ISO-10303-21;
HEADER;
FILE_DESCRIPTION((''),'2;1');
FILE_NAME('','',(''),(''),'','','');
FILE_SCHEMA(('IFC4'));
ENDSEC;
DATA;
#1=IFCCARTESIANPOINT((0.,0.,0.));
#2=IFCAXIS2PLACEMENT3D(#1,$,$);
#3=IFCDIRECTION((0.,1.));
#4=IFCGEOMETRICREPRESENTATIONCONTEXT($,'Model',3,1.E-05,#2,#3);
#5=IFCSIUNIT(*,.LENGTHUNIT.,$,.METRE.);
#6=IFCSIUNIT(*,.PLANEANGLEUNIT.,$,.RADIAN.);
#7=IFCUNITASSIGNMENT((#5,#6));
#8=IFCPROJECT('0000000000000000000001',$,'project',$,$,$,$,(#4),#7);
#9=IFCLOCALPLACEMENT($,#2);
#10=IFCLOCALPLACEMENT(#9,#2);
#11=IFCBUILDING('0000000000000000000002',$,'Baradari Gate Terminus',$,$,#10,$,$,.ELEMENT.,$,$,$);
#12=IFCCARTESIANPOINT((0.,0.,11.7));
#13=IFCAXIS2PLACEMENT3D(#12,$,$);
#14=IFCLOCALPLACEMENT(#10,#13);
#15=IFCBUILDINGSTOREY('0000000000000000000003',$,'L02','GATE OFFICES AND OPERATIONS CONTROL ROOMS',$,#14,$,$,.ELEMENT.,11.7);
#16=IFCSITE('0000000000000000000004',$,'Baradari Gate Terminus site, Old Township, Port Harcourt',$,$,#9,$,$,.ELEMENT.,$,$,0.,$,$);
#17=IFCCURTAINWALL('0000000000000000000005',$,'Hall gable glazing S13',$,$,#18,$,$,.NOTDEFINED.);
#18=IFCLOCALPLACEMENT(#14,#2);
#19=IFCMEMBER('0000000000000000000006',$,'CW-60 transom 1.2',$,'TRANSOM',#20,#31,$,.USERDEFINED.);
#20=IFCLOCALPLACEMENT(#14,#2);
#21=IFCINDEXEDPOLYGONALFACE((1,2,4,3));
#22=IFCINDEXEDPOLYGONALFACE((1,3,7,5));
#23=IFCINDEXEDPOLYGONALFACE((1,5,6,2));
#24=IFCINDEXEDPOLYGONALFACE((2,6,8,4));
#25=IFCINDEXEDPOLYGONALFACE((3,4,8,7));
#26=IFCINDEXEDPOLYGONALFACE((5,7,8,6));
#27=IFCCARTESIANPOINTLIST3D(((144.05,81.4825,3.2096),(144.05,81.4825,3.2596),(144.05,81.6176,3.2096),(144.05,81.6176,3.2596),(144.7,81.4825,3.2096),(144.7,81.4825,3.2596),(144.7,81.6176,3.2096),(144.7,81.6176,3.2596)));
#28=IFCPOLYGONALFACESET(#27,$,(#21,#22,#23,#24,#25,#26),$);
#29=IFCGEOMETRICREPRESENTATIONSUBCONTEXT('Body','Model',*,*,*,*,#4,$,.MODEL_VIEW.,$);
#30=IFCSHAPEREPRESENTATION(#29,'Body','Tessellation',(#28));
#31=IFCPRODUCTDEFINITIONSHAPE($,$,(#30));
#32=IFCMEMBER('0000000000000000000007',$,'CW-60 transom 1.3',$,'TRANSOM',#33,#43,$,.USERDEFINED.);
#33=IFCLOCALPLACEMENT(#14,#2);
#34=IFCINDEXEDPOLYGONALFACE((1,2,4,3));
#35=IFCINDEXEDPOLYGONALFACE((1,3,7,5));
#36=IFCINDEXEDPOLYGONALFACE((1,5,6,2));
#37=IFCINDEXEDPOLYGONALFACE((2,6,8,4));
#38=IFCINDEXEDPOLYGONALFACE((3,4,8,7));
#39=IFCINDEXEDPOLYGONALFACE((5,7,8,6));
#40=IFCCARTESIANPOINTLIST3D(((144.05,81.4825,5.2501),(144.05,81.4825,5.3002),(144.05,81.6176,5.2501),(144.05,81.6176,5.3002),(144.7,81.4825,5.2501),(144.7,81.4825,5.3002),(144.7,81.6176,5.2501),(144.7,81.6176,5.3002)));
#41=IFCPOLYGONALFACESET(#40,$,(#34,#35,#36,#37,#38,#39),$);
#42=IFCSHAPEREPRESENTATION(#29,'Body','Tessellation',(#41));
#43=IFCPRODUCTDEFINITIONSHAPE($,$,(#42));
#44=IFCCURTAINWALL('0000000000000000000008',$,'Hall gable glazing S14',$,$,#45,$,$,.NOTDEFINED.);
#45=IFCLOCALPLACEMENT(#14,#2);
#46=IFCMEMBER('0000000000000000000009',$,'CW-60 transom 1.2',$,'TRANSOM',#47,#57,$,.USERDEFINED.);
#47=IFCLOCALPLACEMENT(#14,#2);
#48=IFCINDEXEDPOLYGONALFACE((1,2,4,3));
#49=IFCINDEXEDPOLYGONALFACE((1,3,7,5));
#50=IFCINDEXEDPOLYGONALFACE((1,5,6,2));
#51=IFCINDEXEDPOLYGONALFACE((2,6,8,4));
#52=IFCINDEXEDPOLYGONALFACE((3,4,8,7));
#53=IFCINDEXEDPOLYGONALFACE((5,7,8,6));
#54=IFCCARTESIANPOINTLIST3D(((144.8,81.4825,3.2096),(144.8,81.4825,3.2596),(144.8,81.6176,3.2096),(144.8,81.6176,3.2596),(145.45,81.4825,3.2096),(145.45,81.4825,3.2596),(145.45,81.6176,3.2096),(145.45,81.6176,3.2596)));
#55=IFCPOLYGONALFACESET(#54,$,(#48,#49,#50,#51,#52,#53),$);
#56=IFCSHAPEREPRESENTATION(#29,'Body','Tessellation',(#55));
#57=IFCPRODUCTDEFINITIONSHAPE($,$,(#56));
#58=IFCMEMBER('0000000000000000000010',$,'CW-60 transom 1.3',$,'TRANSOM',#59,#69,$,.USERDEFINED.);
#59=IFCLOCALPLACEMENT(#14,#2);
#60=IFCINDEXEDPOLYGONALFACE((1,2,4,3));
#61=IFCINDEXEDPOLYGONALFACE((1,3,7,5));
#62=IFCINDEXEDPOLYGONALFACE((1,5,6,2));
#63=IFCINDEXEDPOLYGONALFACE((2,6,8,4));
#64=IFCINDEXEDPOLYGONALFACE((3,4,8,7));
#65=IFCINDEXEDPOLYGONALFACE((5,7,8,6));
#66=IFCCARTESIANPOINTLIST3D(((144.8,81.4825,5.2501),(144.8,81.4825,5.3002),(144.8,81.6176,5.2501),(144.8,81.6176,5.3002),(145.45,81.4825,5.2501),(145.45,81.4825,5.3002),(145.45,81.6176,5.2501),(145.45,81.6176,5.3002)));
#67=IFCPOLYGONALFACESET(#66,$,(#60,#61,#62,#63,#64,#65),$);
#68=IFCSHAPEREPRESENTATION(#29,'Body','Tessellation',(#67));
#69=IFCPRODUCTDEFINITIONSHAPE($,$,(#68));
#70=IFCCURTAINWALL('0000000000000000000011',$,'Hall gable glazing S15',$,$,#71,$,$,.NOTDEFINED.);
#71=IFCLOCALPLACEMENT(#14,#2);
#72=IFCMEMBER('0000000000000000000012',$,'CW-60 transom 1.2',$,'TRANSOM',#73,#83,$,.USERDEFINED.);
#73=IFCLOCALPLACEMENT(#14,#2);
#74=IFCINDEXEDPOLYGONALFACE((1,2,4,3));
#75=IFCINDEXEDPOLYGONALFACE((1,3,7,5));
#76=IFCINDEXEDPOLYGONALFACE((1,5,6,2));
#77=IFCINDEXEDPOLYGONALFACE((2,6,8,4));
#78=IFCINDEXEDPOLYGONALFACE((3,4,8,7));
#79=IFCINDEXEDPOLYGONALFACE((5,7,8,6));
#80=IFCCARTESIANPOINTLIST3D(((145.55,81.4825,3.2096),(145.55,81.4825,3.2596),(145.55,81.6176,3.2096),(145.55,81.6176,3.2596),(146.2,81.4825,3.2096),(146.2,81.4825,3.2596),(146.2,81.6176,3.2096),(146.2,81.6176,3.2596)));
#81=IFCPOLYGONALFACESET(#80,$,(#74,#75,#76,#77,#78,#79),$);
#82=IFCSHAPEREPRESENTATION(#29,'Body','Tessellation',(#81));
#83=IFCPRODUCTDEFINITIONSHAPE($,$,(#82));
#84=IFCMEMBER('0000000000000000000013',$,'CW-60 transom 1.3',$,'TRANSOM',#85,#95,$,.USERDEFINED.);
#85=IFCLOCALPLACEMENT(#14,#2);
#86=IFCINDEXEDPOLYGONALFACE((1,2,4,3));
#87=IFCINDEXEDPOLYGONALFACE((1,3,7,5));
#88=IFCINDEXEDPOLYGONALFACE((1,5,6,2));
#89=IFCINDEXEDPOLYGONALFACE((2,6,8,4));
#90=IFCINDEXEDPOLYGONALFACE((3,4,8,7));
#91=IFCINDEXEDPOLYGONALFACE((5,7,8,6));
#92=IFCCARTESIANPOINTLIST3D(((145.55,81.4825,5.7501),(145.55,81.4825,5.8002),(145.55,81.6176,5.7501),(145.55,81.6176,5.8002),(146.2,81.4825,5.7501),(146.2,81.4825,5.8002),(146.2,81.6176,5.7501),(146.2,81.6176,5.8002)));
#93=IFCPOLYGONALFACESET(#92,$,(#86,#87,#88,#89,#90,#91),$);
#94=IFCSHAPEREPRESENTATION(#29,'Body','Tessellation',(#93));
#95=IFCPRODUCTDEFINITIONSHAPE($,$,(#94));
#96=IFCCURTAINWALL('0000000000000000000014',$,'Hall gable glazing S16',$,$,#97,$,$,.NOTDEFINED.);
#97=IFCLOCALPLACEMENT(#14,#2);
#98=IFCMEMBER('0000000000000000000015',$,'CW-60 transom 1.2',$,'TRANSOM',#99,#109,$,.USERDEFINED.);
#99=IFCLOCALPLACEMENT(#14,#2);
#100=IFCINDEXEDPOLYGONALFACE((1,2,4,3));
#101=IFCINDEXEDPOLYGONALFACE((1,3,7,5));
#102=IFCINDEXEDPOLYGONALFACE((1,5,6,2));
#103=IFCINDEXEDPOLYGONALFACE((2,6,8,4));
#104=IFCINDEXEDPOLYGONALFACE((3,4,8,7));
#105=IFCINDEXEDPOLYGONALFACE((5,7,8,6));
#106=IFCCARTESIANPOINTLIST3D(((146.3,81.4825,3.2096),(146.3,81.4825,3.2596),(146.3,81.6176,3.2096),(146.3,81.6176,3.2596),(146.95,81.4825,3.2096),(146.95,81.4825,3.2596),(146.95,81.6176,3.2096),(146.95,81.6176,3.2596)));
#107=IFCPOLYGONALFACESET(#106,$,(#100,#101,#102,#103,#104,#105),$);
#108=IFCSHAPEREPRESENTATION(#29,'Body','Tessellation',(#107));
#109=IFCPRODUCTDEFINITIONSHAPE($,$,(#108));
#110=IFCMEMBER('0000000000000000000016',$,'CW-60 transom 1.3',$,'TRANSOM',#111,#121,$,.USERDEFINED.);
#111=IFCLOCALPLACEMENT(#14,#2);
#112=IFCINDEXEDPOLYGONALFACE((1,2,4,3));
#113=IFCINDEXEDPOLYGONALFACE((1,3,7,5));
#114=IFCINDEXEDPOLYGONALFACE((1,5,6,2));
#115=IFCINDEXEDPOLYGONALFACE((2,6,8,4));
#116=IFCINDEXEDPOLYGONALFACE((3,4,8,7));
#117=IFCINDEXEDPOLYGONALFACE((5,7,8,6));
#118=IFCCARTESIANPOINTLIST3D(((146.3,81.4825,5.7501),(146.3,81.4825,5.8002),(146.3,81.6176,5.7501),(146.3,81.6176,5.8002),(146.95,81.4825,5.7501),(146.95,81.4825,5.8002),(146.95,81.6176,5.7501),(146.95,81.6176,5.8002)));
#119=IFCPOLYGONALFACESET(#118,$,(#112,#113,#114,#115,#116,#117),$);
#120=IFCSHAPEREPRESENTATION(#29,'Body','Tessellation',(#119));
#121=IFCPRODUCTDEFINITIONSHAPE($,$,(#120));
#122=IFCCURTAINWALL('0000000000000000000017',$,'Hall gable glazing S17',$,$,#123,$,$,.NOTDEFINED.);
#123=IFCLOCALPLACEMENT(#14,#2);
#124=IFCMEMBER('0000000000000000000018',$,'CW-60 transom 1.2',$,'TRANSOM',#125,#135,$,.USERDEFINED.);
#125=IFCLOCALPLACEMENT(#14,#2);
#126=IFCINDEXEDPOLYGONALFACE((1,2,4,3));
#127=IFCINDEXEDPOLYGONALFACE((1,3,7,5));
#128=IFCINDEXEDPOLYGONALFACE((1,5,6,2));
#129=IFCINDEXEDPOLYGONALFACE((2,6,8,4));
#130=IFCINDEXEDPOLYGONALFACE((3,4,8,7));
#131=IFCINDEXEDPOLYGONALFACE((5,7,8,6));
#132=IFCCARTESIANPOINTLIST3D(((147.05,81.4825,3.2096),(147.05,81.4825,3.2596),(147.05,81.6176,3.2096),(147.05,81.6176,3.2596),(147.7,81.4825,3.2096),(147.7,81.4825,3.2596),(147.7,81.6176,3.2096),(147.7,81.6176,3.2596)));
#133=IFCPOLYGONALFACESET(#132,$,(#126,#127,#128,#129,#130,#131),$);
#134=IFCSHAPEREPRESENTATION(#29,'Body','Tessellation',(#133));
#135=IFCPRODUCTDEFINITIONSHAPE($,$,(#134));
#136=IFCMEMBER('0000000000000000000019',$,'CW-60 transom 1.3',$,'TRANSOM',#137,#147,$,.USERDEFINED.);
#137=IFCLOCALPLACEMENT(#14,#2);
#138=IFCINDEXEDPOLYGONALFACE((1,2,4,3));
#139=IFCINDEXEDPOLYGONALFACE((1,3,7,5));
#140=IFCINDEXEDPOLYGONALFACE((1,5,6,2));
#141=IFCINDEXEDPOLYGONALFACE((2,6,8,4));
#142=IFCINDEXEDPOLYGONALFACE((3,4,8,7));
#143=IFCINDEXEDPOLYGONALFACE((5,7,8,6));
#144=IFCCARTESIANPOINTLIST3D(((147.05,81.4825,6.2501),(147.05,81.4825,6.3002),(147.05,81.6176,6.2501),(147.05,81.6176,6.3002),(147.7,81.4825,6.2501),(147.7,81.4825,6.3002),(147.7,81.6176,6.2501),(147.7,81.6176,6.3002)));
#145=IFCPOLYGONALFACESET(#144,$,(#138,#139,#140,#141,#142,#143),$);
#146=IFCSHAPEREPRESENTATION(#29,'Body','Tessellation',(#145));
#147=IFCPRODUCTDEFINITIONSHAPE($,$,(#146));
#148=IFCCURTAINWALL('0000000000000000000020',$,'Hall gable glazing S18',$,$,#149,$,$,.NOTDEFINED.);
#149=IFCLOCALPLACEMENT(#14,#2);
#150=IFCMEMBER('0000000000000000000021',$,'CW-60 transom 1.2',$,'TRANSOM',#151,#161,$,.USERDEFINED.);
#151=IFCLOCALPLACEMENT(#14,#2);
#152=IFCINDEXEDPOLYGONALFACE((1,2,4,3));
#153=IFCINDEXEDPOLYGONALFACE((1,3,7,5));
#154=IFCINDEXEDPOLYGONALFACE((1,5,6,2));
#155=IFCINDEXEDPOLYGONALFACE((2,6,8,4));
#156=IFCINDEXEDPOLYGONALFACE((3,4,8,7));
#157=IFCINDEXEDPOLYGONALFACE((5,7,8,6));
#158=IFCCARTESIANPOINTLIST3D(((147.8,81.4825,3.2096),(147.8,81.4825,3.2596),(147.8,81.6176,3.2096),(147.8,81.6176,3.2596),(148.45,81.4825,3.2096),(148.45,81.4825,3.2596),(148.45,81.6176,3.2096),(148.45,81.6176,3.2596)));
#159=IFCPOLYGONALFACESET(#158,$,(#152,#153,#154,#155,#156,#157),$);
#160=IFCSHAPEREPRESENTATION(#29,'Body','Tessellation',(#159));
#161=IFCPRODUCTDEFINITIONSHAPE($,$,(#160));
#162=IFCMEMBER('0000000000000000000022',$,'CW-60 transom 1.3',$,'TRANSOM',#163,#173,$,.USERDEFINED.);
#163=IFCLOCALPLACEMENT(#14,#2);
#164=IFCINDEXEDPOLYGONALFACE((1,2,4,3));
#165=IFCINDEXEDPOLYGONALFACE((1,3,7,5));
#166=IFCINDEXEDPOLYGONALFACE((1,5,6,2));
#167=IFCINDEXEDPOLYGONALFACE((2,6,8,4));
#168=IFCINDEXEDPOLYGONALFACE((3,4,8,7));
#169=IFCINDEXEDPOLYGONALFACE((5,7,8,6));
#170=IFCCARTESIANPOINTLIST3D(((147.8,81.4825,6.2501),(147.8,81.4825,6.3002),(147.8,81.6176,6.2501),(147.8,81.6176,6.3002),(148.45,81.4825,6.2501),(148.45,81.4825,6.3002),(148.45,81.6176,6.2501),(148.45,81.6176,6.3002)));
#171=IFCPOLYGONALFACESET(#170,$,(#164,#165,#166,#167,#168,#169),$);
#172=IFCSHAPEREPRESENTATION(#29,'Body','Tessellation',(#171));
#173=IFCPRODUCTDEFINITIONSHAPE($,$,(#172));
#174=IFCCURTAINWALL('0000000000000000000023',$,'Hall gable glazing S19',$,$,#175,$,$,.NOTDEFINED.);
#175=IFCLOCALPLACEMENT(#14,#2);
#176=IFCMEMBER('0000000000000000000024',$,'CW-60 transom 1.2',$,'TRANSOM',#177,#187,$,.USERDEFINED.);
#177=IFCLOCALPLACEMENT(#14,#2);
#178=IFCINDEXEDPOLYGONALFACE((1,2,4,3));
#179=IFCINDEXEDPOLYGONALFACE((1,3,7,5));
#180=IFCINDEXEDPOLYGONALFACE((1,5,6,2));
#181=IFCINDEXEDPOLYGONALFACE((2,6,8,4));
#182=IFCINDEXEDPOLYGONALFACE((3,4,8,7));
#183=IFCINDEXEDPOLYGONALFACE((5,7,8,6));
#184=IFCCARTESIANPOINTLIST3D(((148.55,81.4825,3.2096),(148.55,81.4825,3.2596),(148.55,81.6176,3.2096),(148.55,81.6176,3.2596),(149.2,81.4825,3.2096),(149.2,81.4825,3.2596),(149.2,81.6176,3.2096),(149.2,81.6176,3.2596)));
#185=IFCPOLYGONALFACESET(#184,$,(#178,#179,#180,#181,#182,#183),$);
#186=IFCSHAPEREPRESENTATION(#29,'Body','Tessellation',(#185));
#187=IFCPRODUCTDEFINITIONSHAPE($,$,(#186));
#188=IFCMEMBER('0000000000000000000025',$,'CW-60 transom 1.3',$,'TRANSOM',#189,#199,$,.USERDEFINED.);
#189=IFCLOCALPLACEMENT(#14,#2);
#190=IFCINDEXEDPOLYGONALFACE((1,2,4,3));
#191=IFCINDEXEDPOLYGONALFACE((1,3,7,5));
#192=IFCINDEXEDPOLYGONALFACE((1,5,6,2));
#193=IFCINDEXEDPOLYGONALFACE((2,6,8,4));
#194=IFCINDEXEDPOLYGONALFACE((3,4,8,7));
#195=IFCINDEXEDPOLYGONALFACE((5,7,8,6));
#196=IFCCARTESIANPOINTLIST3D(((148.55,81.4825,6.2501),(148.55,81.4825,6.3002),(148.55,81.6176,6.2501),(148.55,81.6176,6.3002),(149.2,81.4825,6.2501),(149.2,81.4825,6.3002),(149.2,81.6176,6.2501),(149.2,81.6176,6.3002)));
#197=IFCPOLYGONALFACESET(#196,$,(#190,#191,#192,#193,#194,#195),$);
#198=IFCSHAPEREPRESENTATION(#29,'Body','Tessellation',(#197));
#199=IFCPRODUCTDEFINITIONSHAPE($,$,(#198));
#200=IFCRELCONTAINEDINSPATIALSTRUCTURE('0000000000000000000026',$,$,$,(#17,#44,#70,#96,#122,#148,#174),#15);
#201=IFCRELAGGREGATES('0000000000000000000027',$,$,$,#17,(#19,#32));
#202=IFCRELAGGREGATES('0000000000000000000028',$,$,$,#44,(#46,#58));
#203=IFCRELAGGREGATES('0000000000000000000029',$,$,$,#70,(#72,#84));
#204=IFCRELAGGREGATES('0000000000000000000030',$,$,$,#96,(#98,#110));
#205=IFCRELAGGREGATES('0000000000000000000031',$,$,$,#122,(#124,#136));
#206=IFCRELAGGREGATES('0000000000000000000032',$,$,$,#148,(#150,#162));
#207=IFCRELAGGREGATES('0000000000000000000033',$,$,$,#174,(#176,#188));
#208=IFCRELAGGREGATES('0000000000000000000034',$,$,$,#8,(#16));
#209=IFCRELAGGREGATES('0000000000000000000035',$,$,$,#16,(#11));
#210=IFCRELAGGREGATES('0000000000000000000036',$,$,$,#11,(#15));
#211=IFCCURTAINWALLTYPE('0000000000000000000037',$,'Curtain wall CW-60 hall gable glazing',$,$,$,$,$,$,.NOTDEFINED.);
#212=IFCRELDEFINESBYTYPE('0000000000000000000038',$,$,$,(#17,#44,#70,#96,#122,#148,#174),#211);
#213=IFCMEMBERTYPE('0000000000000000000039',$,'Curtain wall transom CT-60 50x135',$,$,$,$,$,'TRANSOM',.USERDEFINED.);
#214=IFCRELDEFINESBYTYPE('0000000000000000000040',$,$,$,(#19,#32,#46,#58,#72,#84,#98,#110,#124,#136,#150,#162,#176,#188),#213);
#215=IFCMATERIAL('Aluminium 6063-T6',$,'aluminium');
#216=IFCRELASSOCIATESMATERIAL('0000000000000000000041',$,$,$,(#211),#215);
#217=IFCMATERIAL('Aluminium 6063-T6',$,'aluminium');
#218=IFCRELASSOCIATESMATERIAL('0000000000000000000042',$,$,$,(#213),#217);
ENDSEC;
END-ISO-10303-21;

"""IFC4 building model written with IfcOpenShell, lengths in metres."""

from ifc_helpers import new_model, si_unit, direction, frame, origin, origin_2d, place, context, subcontext, project, spatial, rectangle, extrude, material, material_profile, profile_set, type_object, element, aggregate, save


model = new_model("IFC4")

# Units and contexts
model_context = context("Model", 3, precision=1e-05, world=origin(), true_north=direction((0.0, 1.0)))
body_context = subcontext(model_context, "Body", "Model", "MODEL_VIEW")
ifc_project = project(units=[si_unit("LENGTHUNIT", "METRE"), si_unit("PLANEANGLEUNIT", "RADIAN")], contexts=[model_context])

# Site, building, storey
site_placement = place(None, origin())
site = spatial("IfcSite", under=ifc_project, at=site_placement, Name="Baradari Gate Terminus site, Old Township, Port Harcourt", CompositionType="ELEMENT", RefElevation=0.0)
building_placement = place(site_placement, origin())
building = spatial("IfcBuilding", under=site, at=building_placement, Name="Baradari Gate Terminus", CompositionType="ELEMENT")
storey_placement = place(building_placement, frame((0.0, 0.0, 11.7)))
storey = spatial("IfcBuildingStorey", under=building, at=storey_placement, Name="L02", Description="GATE OFFICES AND OPERATIONS CONTROL ROOMS", CompositionType="ELEMENT", Elevation=11.7)

# Curtain walls, members
ifc_material_1 = material(Name="Aluminium 6063-T6", Category="aluminium")
curtain_wall_type = type_object("IfcCurtainWallType", Name="Curtain wall CW-60 hall gable glazing", PredefinedType="NOTDEFINED", material=ifc_material_1)
curtain_wall_1_placement = place(storey_placement, origin())
curtain_wall_1 = element("IfcCurtainWall", 1, at=curtain_wall_1_placement, inside=storey, type_object=curtain_wall_type, Name="Hall gable glazing S13", PredefinedType="NOTDEFINED")
ifc_material_2 = material(Name="Aluminium 6063-T6", Category="aluminium")
ifc_material_profile_1 = material_profile(ifc_material_2, rectangle(XDim=0.135, YDim=0.05, at=origin_2d()), Name="CT-60 50X135")
ifc_profile_set_1 = profile_set([ifc_material_profile_1], Name="Aluminium 6063-T6")
member_type_1 = type_object("IfcMemberType", Name="Curtain wall transom CT-60 50x135", ElementType="TRANSOM", PredefinedType="USERDEFINED", material=ifc_profile_set_1)
member_1_placement = place(storey_placement, frame((144.05, 81.55, 3.2346), z_axis=(1.0, 0.0, 0.0), x_axis=(0.0, 1.0, 0.0)))
member_1 = element("IfcMember", 2, at=member_1_placement, type_object=member_type_1, Name="CW-60 transom 1.2", ObjectType="TRANSOM", PredefinedType="USERDEFINED", context=body_context, shape_type="SweptSolid", body=[
    extrude(rectangle(XDim=0.135, YDim=0.05, at=origin_2d()), origin(), (0.0, 0.0, 1.0), 0.6499),
])
member_2_placement = place(storey_placement, frame((144.05, 81.55, 5.2751), z_axis=(1.0, 0.0, 0.0), x_axis=(0.0, 1.0, 0.0)))
member_2 = element("IfcMember", 3, at=member_2_placement, type_object=member_type_1, Name="CW-60 transom 1.3", ObjectType="TRANSOM", PredefinedType="USERDEFINED", context=body_context, shape_type="SweptSolid", body=[
    extrude(rectangle(XDim=0.135, YDim=0.05, at=origin_2d()), origin(), (0.0, 0.0, 1.0), 0.6499),
])
curtain_wall_2_placement = place(storey_placement, origin())
curtain_wall_2 = element("IfcCurtainWall", 4, at=curtain_wall_2_placement, inside=storey, type_object=curtain_wall_type, Name="Hall gable glazing S14", PredefinedType="NOTDEFINED")
member_3_placement = place(storey_placement, frame((144.8, 81.55, 3.2346), z_axis=(1.0, 0.0, 0.0), x_axis=(0.0, 1.0, 0.0)))
member_3 = element("IfcMember", 5, at=member_3_placement, type_object=member_type_1, Name="CW-60 transom 1.2", ObjectType="TRANSOM", PredefinedType="USERDEFINED", context=body_context, shape_type="SweptSolid", body=[
    extrude(rectangle(XDim=0.135, YDim=0.05, at=origin_2d()), origin(), (0.0, 0.0, 1.0), 0.6499),
])
member_4_placement = place(storey_placement, frame((144.8, 81.55, 5.2751), z_axis=(1.0, 0.0, 0.0), x_axis=(0.0, 1.0, 0.0)))
member_4 = element("IfcMember", 6, at=member_4_placement, type_object=member_type_1, Name="CW-60 transom 1.3", ObjectType="TRANSOM", PredefinedType="USERDEFINED", context=body_context, shape_type="SweptSolid", body=[
    extrude(rectangle(XDim=0.135, YDim=0.05, at=origin_2d()), origin(), (0.0, 0.0, 1.0), 0.6499),
])
curtain_wall_3_placement = place(storey_placement, origin())
curtain_wall_3 = element("IfcCurtainWall", 7, at=curtain_wall_3_placement, inside=storey, type_object=curtain_wall_type, Name="Hall gable glazing S15", PredefinedType="NOTDEFINED")
member_5_placement = place(storey_placement, frame((145.55, 81.55, 3.2346), z_axis=(1.0, 0.0, 0.0), x_axis=(0.0, 1.0, 0.0)))
member_5 = element("IfcMember", 8, at=member_5_placement, type_object=member_type_1, Name="CW-60 transom 1.2", ObjectType="TRANSOM", PredefinedType="USERDEFINED", context=body_context, shape_type="SweptSolid", body=[
    extrude(rectangle(XDim=0.135, YDim=0.05, at=origin_2d()), origin(), (0.0, 0.0, 1.0), 0.6499),
])
member_6_placement = place(storey_placement, frame((145.55, 81.55, 5.7751), z_axis=(1.0, 0.0, 0.0), x_axis=(0.0, 1.0, 0.0)))
member_6 = element("IfcMember", 9, at=member_6_placement, type_object=member_type_1, Name="CW-60 transom 1.3", ObjectType="TRANSOM", PredefinedType="USERDEFINED", context=body_context, shape_type="SweptSolid", body=[
    extrude(rectangle(XDim=0.135, YDim=0.05, at=origin_2d()), origin(), (0.0, 0.0, 1.0), 0.6499),
])
curtain_wall_4_placement = place(storey_placement, origin())
curtain_wall_4 = element("IfcCurtainWall", 10, at=curtain_wall_4_placement, inside=storey, type_object=curtain_wall_type, Name="Hall gable glazing S16", PredefinedType="NOTDEFINED")
member_7_placement = place(storey_placement, frame((146.3, 81.55, 3.2346), z_axis=(1.0, 0.0, 0.0), x_axis=(0.0, 1.0, 0.0)))
member_7 = element("IfcMember", 11, at=member_7_placement, type_object=member_type_1, Name="CW-60 transom 1.2", ObjectType="TRANSOM", PredefinedType="USERDEFINED", context=body_context, shape_type="SweptSolid", body=[
    extrude(rectangle(XDim=0.135, YDim=0.05, at=origin_2d()), origin(), (0.0, 0.0, 1.0), 0.6499),
])
member_8_placement = place(storey_placement, frame((146.3, 81.55, 5.7751), z_axis=(1.0, 0.0, 0.0), x_axis=(0.0, 1.0, 0.0)))
member_8 = element("IfcMember", 12, at=member_8_placement, type_object=member_type_1, Name="CW-60 transom 1.3", ObjectType="TRANSOM", PredefinedType="USERDEFINED", context=body_context, shape_type="SweptSolid", body=[
    extrude(rectangle(XDim=0.135, YDim=0.05, at=origin_2d()), origin(), (0.0, 0.0, 1.0), 0.6499),
])
curtain_wall_5_placement = place(storey_placement, origin())
curtain_wall_5 = element("IfcCurtainWall", 13, at=curtain_wall_5_placement, inside=storey, type_object=curtain_wall_type, Name="Hall gable glazing S17", PredefinedType="NOTDEFINED")
member_9_placement = place(storey_placement, frame((147.05, 81.55, 3.2346), z_axis=(1.0, 0.0, 0.0), x_axis=(0.0, 1.0, 0.0)))
member_9 = element("IfcMember", 14, at=member_9_placement, type_object=member_type_1, Name="CW-60 transom 1.2", ObjectType="TRANSOM", PredefinedType="USERDEFINED", context=body_context, shape_type="SweptSolid", body=[
    extrude(rectangle(XDim=0.135, YDim=0.05, at=origin_2d()), origin(), (0.0, 0.0, 1.0), 0.6499),
])
member_10_placement = place(storey_placement, frame((147.05, 81.55, 6.2751), z_axis=(1.0, 0.0, 0.0), x_axis=(0.0, 1.0, 0.0)))
member_10 = element("IfcMember", 15, at=member_10_placement, type_object=member_type_1, Name="CW-60 transom 1.3", ObjectType="TRANSOM", PredefinedType="USERDEFINED", context=body_context, shape_type="SweptSolid", body=[
    extrude(rectangle(XDim=0.135, YDim=0.05, at=origin_2d()), origin(), (0.0, 0.0, 1.0), 0.6499),
])
curtain_wall_6_placement = place(storey_placement, origin())
curtain_wall_6 = element("IfcCurtainWall", 16, at=curtain_wall_6_placement, inside=storey, type_object=curtain_wall_type, Name="Hall gable glazing S18", PredefinedType="NOTDEFINED")
member_11_placement = place(storey_placement, frame((147.8, 81.55, 3.2346), z_axis=(1.0, 0.0, 0.0), x_axis=(0.0, 1.0, 0.0)))
member_11 = element("IfcMember", 17, at=member_11_placement, type_object=member_type_1, Name="CW-60 transom 1.2", ObjectType="TRANSOM", PredefinedType="USERDEFINED", context=body_context, shape_type="SweptSolid", body=[
    extrude(rectangle(XDim=0.135, YDim=0.05, at=origin_2d()), origin(), (0.0, 0.0, 1.0), 0.6499),
])
member_12_placement = place(storey_placement, frame((147.8, 81.55, 6.2751), z_axis=(1.0, 0.0, 0.0), x_axis=(0.0, 1.0, 0.0)))
member_12 = element("IfcMember", 18, at=member_12_placement, type_object=member_type_1, Name="CW-60 transom 1.3", ObjectType="TRANSOM", PredefinedType="USERDEFINED", context=body_context, shape_type="SweptSolid", body=[
    extrude(rectangle(XDim=0.135, YDim=0.05, at=origin_2d()), origin(), (0.0, 0.0, 1.0), 0.6499),
])
curtain_wall_7_placement = place(storey_placement, origin())
curtain_wall_7 = element("IfcCurtainWall", 19, at=curtain_wall_7_placement, inside=storey, type_object=curtain_wall_type, Name="Hall gable glazing S19", PredefinedType="NOTDEFINED")
member_13_placement = place(storey_placement, frame((148.55, 81.55, 3.2346), z_axis=(1.0, 0.0, 0.0), x_axis=(0.0, 1.0, 0.0)))
member_13 = element("IfcMember", 20, at=member_13_placement, type_object=member_type_1, Name="CW-60 transom 1.2", ObjectType="TRANSOM", PredefinedType="USERDEFINED", context=body_context, shape_type="SweptSolid", body=[
    extrude(rectangle(XDim=0.135, YDim=0.05, at=origin_2d()), origin(), (0.0, 0.0, 1.0), 0.6499),
])
member_14_placement = place(storey_placement, frame((148.55, 81.55, 6.2751), z_axis=(1.0, 0.0, 0.0), x_axis=(0.0, 1.0, 0.0)))
member_14 = element("IfcMember", 21, at=member_14_placement, type_object=member_type_1, Name="CW-60 transom 1.3", ObjectType="TRANSOM", PredefinedType="USERDEFINED", context=body_context, shape_type="SweptSolid", body=[
    extrude(rectangle(XDim=0.135, YDim=0.05, at=origin_2d()), origin(), (0.0, 0.0, 1.0), 0.6499),
])

aggregate(curtain_wall_1, [member_1, member_2])
aggregate(curtain_wall_2, [member_3, member_4])
aggregate(curtain_wall_3, [member_5, member_6])
aggregate(curtain_wall_4, [member_7, member_8])
aggregate(curtain_wall_5, [member_9, member_10])
aggregate(curtain_wall_6, [member_11, member_12])
aggregate(curtain_wall_7, [member_13, member_14])

save(model, "model.ifc")
